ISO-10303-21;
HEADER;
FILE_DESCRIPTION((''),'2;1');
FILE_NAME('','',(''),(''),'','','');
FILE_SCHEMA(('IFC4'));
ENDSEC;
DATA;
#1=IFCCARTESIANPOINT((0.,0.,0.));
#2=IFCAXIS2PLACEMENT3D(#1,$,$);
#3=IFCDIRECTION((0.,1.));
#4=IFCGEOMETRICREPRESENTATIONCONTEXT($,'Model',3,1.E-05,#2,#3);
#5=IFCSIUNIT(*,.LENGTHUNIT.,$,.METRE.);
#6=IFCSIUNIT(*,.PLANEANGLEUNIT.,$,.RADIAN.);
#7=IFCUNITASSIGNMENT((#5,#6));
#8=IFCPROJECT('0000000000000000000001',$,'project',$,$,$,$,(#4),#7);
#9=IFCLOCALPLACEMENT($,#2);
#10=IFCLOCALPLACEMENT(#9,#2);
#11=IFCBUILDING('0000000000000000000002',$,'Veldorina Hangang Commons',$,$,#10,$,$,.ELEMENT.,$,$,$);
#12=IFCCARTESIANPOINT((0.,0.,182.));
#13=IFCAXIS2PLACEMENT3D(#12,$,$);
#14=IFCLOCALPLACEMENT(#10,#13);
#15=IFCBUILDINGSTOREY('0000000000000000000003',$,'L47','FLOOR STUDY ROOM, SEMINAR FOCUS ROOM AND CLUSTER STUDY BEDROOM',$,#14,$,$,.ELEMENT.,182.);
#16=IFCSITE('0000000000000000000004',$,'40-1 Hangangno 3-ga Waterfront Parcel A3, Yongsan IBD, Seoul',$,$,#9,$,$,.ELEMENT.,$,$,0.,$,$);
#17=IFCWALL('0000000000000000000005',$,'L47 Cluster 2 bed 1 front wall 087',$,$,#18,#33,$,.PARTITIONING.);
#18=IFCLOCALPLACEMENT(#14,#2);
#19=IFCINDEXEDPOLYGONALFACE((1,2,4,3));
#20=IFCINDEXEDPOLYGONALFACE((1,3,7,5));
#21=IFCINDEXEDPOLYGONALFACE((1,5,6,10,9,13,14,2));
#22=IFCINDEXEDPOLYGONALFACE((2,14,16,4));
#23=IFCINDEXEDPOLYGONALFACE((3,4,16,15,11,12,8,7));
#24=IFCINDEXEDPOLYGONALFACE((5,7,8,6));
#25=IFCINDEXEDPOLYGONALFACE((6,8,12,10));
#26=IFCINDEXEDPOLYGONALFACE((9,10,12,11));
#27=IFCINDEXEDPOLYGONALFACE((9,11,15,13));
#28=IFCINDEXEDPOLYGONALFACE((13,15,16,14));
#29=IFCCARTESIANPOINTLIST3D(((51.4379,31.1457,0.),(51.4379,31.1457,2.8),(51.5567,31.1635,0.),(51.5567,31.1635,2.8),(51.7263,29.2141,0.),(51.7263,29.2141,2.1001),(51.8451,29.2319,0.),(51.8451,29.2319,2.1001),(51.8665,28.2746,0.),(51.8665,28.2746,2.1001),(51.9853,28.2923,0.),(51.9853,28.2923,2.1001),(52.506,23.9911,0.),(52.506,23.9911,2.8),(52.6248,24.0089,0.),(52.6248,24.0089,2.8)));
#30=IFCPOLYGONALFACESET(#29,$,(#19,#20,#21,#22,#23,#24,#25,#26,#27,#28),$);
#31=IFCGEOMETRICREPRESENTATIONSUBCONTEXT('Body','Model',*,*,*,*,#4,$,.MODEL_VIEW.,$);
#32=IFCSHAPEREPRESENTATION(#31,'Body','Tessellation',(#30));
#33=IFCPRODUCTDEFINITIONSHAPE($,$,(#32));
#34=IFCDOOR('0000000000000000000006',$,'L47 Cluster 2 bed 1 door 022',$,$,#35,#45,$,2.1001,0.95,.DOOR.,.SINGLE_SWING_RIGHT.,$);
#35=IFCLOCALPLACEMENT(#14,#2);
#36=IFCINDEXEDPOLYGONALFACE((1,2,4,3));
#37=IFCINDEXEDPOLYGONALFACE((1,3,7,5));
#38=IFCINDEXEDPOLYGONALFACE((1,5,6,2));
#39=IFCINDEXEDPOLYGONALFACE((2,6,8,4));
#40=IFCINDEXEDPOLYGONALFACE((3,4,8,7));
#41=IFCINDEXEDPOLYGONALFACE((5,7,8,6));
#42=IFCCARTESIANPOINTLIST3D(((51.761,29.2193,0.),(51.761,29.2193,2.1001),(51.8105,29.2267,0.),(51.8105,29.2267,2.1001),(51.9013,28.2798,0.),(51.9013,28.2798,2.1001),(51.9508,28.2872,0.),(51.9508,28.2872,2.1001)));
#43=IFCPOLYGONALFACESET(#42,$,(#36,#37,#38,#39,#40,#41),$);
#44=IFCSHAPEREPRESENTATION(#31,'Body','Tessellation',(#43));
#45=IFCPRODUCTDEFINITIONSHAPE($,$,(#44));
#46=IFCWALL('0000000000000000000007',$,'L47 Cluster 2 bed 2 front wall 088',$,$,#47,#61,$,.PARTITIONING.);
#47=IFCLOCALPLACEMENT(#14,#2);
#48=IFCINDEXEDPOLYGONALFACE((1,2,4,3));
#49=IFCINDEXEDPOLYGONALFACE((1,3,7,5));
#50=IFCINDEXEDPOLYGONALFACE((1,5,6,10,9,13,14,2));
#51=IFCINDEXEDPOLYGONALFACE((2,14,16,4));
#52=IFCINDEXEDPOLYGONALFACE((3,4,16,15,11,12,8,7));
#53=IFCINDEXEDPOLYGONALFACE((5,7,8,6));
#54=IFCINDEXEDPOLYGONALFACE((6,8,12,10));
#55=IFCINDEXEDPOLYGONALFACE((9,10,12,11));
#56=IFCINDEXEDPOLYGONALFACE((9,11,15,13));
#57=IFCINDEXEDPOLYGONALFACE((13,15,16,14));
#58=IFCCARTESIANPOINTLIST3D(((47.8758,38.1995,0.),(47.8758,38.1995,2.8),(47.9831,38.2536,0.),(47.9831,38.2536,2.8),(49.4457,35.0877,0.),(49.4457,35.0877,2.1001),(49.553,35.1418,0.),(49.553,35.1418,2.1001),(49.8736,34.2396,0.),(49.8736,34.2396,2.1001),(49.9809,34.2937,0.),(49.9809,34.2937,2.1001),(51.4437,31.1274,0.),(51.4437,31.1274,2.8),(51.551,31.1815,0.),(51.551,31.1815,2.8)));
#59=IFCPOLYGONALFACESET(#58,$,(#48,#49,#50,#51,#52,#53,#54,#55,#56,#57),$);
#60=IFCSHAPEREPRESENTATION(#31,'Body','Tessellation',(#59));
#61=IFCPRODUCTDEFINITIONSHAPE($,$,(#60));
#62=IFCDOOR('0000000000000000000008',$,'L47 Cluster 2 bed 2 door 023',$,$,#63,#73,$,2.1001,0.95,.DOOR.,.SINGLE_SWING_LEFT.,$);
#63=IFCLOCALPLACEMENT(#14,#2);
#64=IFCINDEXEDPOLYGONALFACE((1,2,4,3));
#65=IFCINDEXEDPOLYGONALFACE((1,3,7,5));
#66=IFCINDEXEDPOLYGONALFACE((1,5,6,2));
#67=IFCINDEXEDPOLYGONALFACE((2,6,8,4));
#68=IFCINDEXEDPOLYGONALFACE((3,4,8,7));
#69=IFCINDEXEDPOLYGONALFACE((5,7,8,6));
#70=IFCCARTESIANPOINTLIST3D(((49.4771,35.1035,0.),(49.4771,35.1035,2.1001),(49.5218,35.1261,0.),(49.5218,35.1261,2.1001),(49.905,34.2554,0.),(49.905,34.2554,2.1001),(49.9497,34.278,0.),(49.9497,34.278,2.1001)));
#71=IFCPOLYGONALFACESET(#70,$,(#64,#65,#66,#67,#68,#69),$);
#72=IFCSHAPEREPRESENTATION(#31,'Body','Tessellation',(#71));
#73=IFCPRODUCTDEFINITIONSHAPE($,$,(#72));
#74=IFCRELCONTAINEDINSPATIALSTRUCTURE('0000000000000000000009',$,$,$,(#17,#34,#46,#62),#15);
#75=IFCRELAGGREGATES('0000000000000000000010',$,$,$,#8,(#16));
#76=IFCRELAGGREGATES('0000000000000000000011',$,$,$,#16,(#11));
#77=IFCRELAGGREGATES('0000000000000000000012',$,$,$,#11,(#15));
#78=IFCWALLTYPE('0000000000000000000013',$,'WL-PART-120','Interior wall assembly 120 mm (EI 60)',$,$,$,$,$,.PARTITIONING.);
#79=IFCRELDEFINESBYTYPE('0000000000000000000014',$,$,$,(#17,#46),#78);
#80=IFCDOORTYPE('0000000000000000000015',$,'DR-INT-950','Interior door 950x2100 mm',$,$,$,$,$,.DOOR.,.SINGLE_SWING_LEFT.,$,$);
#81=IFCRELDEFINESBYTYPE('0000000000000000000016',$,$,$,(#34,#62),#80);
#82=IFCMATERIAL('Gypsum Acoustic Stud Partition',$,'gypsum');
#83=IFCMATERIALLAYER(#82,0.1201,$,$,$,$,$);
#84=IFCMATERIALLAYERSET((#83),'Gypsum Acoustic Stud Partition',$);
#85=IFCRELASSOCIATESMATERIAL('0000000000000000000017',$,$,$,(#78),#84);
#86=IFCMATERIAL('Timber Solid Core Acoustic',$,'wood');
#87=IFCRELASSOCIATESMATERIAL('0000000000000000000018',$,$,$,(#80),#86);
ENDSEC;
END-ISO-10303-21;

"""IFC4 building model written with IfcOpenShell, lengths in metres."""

from ifc_helpers import new_model, si_unit, direction, frame, frame_2d, origin, place, context, subcontext, project, spatial, rectangle, extrude, material, layer, layer_set, type_object, element, fill, save


model = new_model("IFC4")

# Units and contexts
model_context = context("Model", 3, precision=1e-05, world=origin(), true_north=direction((0.0, 1.0)))
body_context = subcontext(model_context, "Body", "Model", "MODEL_VIEW")
ifc_project = project(units=[si_unit("LENGTHUNIT", "METRE"), si_unit("PLANEANGLEUNIT", "RADIAN")], contexts=[model_context])

# Site, building, storey
site_placement = place(None, origin())
site = spatial("IfcSite", under=ifc_project, at=site_placement, Name="40-1 Hangangno 3-ga Waterfront Parcel A3, Yongsan IBD, Seoul", CompositionType="ELEMENT", RefElevation=0.0)
building_placement = place(site_placement, origin())
building = spatial("IfcBuilding", under=site, at=building_placement, Name="Veldorina Hangang Commons", CompositionType="ELEMENT")
storey_placement = place(building_placement, frame((0.0, 0.0, 182.0)))
storey = spatial("IfcBuildingStorey", under=building, at=storey_placement, Name="L47", Description="FLOOR STUDY ROOM, SEMINAR FOCUS ROOM AND CLUSTER STUDY BEDROOM", CompositionType="ELEMENT", Elevation=182.0)

# Shared definitions
ifc_material_1 = material(Name="Gypsum Acoustic Stud Partition", Category="gypsum")
ifc_layer_1 = layer(ifc_material_1, 0.1201)
ifc_layer_set_1 = layer_set([ifc_layer_1], Name="Gypsum Acoustic Stud Partition")
wall_type_1 = type_object("IfcWallType", Name="WL-PART-120", Description="Interior wall assembly 120 mm (EI 60)", PredefinedType="PARTITIONING", material=ifc_layer_set_1)

# Walls, openings, doors
wall_1_placement = place(storey_placement, frame((52.5654, 24.0, 0.0), z_axis=(0.0, 0.0, 1.0), x_axis=(-0.147656, 0.989039, 0.0)))
wall_1 = element("IfcWall", 1, at=wall_1_placement, inside=storey, type_object=wall_type_1, Name="L47 Cluster 2 bed 1 front wall 087", PredefinedType="PARTITIONING", context=body_context, shape_type="SweptSolid", body=[
    extrude(rectangle(XDim=7.2339, YDim=0.1201, at=frame_2d((3.6169, 0.0))), origin(), (0.0, 0.0, 1.0), 2.8),
])
opening_1_placement = place(wall_1_placement, frame((4.3308, 0.0, 0.0)))
opening_1 = element("IfcOpeningElement", 2, at=opening_1_placement, cuts=wall_1, PredefinedType="OPENING", context=body_context, shape_type="SweptSolid", body=[
    extrude(rectangle(XDim=0.95, YDim=2.1001, at=frame_2d((0.4751, 1.05))), frame((0.0, 0.0701, 0.0), z_axis=(0.0, -1.0, 0.0), x_axis=(1.0, 0.0, 0.0)), (0.0, 0.0, 1.0), 0.1401),
])
ifc_material_2 = material(Name="Timber Solid Core Acoustic", Category="wood")
door_type_1 = type_object("IfcDoorType", Name="DR-INT-950", Description="Interior door 950x2100 mm", OperationType="SINGLE_SWING_LEFT", PredefinedType="DOOR", material=ifc_material_2)
door_1_placement = place(opening_1_placement, origin())
door_1 = element("IfcDoor", 3, at=door_1_placement, inside=storey, type_object=door_type_1, Name="L47 Cluster 2 bed 1 door 022", OperationType="SINGLE_SWING_RIGHT", OverallHeight=2.1001, OverallWidth=0.95, PredefinedType="DOOR", context=body_context, shape_type="SweptSolid", body=[
    extrude(rectangle(XDim=0.95, YDim=2.1001, at=frame_2d((0.4751, 1.05))), frame((0.0, 0.0249, 0.0), z_axis=(0.0, -1.0, 0.0), x_axis=(1.0, 0.0, 0.0)), (0.0, 0.0, 1.0), 0.05),
])
fill(opening_1, door_1)
wall_2_placement = place(storey_placement, frame((51.4973, 31.1545, 0.0), z_axis=(0.0, 0.0, 1.0), x_axis=(-0.450428, 0.892813, 0.0)))
wall_2 = element("IfcWall", 4, at=wall_2_placement, inside=storey, type_object=wall_type_1, Name="L47 Cluster 2 bed 2 front wall 088", PredefinedType="PARTITIONING", context=body_context, shape_type="SweptSolid", body=[
    extrude(rectangle(XDim=7.9211, YDim=0.1201, at=frame_2d((3.9604, 0.0))), origin(), (0.0, 0.0, 1.0), 2.8),
])
opening_2_placement = place(wall_2_placement, frame((3.4856, 0.0, 0.0)))
opening_2 = element("IfcOpeningElement", 5, at=opening_2_placement, cuts=wall_2, PredefinedType="OPENING", context=body_context, shape_type="SweptSolid", body=[
    extrude(rectangle(XDim=0.95, YDim=2.1001, at=frame_2d((0.4751, 1.05))), frame((0.0, 0.0701, 0.0), z_axis=(0.0, -1.0, 0.0), x_axis=(1.0, 0.0, 0.0)), (0.0, 0.0, 1.0), 0.1401),
])
door_2_placement = place(opening_2_placement, origin())
door_2 = element("IfcDoor", 6, at=door_2_placement, inside=storey, type_object=door_type_1, Name="L47 Cluster 2 bed 2 door 023", OperationType="SINGLE_SWING_LEFT", OverallHeight=2.1001, OverallWidth=0.95, PredefinedType="DOOR", context=body_context, shape_type="SweptSolid", body=[
    extrude(rectangle(XDim=0.95, YDim=2.1001, at=frame_2d((0.4751, 1.05))), frame((0.0, 0.0249, 0.0), z_axis=(0.0, -1.0, 0.0), x_axis=(1.0, 0.0, 0.0)), (0.0, 0.0, 1.0), 0.05),
])
fill(opening_2, door_2)

save(model, "model.ifc")
